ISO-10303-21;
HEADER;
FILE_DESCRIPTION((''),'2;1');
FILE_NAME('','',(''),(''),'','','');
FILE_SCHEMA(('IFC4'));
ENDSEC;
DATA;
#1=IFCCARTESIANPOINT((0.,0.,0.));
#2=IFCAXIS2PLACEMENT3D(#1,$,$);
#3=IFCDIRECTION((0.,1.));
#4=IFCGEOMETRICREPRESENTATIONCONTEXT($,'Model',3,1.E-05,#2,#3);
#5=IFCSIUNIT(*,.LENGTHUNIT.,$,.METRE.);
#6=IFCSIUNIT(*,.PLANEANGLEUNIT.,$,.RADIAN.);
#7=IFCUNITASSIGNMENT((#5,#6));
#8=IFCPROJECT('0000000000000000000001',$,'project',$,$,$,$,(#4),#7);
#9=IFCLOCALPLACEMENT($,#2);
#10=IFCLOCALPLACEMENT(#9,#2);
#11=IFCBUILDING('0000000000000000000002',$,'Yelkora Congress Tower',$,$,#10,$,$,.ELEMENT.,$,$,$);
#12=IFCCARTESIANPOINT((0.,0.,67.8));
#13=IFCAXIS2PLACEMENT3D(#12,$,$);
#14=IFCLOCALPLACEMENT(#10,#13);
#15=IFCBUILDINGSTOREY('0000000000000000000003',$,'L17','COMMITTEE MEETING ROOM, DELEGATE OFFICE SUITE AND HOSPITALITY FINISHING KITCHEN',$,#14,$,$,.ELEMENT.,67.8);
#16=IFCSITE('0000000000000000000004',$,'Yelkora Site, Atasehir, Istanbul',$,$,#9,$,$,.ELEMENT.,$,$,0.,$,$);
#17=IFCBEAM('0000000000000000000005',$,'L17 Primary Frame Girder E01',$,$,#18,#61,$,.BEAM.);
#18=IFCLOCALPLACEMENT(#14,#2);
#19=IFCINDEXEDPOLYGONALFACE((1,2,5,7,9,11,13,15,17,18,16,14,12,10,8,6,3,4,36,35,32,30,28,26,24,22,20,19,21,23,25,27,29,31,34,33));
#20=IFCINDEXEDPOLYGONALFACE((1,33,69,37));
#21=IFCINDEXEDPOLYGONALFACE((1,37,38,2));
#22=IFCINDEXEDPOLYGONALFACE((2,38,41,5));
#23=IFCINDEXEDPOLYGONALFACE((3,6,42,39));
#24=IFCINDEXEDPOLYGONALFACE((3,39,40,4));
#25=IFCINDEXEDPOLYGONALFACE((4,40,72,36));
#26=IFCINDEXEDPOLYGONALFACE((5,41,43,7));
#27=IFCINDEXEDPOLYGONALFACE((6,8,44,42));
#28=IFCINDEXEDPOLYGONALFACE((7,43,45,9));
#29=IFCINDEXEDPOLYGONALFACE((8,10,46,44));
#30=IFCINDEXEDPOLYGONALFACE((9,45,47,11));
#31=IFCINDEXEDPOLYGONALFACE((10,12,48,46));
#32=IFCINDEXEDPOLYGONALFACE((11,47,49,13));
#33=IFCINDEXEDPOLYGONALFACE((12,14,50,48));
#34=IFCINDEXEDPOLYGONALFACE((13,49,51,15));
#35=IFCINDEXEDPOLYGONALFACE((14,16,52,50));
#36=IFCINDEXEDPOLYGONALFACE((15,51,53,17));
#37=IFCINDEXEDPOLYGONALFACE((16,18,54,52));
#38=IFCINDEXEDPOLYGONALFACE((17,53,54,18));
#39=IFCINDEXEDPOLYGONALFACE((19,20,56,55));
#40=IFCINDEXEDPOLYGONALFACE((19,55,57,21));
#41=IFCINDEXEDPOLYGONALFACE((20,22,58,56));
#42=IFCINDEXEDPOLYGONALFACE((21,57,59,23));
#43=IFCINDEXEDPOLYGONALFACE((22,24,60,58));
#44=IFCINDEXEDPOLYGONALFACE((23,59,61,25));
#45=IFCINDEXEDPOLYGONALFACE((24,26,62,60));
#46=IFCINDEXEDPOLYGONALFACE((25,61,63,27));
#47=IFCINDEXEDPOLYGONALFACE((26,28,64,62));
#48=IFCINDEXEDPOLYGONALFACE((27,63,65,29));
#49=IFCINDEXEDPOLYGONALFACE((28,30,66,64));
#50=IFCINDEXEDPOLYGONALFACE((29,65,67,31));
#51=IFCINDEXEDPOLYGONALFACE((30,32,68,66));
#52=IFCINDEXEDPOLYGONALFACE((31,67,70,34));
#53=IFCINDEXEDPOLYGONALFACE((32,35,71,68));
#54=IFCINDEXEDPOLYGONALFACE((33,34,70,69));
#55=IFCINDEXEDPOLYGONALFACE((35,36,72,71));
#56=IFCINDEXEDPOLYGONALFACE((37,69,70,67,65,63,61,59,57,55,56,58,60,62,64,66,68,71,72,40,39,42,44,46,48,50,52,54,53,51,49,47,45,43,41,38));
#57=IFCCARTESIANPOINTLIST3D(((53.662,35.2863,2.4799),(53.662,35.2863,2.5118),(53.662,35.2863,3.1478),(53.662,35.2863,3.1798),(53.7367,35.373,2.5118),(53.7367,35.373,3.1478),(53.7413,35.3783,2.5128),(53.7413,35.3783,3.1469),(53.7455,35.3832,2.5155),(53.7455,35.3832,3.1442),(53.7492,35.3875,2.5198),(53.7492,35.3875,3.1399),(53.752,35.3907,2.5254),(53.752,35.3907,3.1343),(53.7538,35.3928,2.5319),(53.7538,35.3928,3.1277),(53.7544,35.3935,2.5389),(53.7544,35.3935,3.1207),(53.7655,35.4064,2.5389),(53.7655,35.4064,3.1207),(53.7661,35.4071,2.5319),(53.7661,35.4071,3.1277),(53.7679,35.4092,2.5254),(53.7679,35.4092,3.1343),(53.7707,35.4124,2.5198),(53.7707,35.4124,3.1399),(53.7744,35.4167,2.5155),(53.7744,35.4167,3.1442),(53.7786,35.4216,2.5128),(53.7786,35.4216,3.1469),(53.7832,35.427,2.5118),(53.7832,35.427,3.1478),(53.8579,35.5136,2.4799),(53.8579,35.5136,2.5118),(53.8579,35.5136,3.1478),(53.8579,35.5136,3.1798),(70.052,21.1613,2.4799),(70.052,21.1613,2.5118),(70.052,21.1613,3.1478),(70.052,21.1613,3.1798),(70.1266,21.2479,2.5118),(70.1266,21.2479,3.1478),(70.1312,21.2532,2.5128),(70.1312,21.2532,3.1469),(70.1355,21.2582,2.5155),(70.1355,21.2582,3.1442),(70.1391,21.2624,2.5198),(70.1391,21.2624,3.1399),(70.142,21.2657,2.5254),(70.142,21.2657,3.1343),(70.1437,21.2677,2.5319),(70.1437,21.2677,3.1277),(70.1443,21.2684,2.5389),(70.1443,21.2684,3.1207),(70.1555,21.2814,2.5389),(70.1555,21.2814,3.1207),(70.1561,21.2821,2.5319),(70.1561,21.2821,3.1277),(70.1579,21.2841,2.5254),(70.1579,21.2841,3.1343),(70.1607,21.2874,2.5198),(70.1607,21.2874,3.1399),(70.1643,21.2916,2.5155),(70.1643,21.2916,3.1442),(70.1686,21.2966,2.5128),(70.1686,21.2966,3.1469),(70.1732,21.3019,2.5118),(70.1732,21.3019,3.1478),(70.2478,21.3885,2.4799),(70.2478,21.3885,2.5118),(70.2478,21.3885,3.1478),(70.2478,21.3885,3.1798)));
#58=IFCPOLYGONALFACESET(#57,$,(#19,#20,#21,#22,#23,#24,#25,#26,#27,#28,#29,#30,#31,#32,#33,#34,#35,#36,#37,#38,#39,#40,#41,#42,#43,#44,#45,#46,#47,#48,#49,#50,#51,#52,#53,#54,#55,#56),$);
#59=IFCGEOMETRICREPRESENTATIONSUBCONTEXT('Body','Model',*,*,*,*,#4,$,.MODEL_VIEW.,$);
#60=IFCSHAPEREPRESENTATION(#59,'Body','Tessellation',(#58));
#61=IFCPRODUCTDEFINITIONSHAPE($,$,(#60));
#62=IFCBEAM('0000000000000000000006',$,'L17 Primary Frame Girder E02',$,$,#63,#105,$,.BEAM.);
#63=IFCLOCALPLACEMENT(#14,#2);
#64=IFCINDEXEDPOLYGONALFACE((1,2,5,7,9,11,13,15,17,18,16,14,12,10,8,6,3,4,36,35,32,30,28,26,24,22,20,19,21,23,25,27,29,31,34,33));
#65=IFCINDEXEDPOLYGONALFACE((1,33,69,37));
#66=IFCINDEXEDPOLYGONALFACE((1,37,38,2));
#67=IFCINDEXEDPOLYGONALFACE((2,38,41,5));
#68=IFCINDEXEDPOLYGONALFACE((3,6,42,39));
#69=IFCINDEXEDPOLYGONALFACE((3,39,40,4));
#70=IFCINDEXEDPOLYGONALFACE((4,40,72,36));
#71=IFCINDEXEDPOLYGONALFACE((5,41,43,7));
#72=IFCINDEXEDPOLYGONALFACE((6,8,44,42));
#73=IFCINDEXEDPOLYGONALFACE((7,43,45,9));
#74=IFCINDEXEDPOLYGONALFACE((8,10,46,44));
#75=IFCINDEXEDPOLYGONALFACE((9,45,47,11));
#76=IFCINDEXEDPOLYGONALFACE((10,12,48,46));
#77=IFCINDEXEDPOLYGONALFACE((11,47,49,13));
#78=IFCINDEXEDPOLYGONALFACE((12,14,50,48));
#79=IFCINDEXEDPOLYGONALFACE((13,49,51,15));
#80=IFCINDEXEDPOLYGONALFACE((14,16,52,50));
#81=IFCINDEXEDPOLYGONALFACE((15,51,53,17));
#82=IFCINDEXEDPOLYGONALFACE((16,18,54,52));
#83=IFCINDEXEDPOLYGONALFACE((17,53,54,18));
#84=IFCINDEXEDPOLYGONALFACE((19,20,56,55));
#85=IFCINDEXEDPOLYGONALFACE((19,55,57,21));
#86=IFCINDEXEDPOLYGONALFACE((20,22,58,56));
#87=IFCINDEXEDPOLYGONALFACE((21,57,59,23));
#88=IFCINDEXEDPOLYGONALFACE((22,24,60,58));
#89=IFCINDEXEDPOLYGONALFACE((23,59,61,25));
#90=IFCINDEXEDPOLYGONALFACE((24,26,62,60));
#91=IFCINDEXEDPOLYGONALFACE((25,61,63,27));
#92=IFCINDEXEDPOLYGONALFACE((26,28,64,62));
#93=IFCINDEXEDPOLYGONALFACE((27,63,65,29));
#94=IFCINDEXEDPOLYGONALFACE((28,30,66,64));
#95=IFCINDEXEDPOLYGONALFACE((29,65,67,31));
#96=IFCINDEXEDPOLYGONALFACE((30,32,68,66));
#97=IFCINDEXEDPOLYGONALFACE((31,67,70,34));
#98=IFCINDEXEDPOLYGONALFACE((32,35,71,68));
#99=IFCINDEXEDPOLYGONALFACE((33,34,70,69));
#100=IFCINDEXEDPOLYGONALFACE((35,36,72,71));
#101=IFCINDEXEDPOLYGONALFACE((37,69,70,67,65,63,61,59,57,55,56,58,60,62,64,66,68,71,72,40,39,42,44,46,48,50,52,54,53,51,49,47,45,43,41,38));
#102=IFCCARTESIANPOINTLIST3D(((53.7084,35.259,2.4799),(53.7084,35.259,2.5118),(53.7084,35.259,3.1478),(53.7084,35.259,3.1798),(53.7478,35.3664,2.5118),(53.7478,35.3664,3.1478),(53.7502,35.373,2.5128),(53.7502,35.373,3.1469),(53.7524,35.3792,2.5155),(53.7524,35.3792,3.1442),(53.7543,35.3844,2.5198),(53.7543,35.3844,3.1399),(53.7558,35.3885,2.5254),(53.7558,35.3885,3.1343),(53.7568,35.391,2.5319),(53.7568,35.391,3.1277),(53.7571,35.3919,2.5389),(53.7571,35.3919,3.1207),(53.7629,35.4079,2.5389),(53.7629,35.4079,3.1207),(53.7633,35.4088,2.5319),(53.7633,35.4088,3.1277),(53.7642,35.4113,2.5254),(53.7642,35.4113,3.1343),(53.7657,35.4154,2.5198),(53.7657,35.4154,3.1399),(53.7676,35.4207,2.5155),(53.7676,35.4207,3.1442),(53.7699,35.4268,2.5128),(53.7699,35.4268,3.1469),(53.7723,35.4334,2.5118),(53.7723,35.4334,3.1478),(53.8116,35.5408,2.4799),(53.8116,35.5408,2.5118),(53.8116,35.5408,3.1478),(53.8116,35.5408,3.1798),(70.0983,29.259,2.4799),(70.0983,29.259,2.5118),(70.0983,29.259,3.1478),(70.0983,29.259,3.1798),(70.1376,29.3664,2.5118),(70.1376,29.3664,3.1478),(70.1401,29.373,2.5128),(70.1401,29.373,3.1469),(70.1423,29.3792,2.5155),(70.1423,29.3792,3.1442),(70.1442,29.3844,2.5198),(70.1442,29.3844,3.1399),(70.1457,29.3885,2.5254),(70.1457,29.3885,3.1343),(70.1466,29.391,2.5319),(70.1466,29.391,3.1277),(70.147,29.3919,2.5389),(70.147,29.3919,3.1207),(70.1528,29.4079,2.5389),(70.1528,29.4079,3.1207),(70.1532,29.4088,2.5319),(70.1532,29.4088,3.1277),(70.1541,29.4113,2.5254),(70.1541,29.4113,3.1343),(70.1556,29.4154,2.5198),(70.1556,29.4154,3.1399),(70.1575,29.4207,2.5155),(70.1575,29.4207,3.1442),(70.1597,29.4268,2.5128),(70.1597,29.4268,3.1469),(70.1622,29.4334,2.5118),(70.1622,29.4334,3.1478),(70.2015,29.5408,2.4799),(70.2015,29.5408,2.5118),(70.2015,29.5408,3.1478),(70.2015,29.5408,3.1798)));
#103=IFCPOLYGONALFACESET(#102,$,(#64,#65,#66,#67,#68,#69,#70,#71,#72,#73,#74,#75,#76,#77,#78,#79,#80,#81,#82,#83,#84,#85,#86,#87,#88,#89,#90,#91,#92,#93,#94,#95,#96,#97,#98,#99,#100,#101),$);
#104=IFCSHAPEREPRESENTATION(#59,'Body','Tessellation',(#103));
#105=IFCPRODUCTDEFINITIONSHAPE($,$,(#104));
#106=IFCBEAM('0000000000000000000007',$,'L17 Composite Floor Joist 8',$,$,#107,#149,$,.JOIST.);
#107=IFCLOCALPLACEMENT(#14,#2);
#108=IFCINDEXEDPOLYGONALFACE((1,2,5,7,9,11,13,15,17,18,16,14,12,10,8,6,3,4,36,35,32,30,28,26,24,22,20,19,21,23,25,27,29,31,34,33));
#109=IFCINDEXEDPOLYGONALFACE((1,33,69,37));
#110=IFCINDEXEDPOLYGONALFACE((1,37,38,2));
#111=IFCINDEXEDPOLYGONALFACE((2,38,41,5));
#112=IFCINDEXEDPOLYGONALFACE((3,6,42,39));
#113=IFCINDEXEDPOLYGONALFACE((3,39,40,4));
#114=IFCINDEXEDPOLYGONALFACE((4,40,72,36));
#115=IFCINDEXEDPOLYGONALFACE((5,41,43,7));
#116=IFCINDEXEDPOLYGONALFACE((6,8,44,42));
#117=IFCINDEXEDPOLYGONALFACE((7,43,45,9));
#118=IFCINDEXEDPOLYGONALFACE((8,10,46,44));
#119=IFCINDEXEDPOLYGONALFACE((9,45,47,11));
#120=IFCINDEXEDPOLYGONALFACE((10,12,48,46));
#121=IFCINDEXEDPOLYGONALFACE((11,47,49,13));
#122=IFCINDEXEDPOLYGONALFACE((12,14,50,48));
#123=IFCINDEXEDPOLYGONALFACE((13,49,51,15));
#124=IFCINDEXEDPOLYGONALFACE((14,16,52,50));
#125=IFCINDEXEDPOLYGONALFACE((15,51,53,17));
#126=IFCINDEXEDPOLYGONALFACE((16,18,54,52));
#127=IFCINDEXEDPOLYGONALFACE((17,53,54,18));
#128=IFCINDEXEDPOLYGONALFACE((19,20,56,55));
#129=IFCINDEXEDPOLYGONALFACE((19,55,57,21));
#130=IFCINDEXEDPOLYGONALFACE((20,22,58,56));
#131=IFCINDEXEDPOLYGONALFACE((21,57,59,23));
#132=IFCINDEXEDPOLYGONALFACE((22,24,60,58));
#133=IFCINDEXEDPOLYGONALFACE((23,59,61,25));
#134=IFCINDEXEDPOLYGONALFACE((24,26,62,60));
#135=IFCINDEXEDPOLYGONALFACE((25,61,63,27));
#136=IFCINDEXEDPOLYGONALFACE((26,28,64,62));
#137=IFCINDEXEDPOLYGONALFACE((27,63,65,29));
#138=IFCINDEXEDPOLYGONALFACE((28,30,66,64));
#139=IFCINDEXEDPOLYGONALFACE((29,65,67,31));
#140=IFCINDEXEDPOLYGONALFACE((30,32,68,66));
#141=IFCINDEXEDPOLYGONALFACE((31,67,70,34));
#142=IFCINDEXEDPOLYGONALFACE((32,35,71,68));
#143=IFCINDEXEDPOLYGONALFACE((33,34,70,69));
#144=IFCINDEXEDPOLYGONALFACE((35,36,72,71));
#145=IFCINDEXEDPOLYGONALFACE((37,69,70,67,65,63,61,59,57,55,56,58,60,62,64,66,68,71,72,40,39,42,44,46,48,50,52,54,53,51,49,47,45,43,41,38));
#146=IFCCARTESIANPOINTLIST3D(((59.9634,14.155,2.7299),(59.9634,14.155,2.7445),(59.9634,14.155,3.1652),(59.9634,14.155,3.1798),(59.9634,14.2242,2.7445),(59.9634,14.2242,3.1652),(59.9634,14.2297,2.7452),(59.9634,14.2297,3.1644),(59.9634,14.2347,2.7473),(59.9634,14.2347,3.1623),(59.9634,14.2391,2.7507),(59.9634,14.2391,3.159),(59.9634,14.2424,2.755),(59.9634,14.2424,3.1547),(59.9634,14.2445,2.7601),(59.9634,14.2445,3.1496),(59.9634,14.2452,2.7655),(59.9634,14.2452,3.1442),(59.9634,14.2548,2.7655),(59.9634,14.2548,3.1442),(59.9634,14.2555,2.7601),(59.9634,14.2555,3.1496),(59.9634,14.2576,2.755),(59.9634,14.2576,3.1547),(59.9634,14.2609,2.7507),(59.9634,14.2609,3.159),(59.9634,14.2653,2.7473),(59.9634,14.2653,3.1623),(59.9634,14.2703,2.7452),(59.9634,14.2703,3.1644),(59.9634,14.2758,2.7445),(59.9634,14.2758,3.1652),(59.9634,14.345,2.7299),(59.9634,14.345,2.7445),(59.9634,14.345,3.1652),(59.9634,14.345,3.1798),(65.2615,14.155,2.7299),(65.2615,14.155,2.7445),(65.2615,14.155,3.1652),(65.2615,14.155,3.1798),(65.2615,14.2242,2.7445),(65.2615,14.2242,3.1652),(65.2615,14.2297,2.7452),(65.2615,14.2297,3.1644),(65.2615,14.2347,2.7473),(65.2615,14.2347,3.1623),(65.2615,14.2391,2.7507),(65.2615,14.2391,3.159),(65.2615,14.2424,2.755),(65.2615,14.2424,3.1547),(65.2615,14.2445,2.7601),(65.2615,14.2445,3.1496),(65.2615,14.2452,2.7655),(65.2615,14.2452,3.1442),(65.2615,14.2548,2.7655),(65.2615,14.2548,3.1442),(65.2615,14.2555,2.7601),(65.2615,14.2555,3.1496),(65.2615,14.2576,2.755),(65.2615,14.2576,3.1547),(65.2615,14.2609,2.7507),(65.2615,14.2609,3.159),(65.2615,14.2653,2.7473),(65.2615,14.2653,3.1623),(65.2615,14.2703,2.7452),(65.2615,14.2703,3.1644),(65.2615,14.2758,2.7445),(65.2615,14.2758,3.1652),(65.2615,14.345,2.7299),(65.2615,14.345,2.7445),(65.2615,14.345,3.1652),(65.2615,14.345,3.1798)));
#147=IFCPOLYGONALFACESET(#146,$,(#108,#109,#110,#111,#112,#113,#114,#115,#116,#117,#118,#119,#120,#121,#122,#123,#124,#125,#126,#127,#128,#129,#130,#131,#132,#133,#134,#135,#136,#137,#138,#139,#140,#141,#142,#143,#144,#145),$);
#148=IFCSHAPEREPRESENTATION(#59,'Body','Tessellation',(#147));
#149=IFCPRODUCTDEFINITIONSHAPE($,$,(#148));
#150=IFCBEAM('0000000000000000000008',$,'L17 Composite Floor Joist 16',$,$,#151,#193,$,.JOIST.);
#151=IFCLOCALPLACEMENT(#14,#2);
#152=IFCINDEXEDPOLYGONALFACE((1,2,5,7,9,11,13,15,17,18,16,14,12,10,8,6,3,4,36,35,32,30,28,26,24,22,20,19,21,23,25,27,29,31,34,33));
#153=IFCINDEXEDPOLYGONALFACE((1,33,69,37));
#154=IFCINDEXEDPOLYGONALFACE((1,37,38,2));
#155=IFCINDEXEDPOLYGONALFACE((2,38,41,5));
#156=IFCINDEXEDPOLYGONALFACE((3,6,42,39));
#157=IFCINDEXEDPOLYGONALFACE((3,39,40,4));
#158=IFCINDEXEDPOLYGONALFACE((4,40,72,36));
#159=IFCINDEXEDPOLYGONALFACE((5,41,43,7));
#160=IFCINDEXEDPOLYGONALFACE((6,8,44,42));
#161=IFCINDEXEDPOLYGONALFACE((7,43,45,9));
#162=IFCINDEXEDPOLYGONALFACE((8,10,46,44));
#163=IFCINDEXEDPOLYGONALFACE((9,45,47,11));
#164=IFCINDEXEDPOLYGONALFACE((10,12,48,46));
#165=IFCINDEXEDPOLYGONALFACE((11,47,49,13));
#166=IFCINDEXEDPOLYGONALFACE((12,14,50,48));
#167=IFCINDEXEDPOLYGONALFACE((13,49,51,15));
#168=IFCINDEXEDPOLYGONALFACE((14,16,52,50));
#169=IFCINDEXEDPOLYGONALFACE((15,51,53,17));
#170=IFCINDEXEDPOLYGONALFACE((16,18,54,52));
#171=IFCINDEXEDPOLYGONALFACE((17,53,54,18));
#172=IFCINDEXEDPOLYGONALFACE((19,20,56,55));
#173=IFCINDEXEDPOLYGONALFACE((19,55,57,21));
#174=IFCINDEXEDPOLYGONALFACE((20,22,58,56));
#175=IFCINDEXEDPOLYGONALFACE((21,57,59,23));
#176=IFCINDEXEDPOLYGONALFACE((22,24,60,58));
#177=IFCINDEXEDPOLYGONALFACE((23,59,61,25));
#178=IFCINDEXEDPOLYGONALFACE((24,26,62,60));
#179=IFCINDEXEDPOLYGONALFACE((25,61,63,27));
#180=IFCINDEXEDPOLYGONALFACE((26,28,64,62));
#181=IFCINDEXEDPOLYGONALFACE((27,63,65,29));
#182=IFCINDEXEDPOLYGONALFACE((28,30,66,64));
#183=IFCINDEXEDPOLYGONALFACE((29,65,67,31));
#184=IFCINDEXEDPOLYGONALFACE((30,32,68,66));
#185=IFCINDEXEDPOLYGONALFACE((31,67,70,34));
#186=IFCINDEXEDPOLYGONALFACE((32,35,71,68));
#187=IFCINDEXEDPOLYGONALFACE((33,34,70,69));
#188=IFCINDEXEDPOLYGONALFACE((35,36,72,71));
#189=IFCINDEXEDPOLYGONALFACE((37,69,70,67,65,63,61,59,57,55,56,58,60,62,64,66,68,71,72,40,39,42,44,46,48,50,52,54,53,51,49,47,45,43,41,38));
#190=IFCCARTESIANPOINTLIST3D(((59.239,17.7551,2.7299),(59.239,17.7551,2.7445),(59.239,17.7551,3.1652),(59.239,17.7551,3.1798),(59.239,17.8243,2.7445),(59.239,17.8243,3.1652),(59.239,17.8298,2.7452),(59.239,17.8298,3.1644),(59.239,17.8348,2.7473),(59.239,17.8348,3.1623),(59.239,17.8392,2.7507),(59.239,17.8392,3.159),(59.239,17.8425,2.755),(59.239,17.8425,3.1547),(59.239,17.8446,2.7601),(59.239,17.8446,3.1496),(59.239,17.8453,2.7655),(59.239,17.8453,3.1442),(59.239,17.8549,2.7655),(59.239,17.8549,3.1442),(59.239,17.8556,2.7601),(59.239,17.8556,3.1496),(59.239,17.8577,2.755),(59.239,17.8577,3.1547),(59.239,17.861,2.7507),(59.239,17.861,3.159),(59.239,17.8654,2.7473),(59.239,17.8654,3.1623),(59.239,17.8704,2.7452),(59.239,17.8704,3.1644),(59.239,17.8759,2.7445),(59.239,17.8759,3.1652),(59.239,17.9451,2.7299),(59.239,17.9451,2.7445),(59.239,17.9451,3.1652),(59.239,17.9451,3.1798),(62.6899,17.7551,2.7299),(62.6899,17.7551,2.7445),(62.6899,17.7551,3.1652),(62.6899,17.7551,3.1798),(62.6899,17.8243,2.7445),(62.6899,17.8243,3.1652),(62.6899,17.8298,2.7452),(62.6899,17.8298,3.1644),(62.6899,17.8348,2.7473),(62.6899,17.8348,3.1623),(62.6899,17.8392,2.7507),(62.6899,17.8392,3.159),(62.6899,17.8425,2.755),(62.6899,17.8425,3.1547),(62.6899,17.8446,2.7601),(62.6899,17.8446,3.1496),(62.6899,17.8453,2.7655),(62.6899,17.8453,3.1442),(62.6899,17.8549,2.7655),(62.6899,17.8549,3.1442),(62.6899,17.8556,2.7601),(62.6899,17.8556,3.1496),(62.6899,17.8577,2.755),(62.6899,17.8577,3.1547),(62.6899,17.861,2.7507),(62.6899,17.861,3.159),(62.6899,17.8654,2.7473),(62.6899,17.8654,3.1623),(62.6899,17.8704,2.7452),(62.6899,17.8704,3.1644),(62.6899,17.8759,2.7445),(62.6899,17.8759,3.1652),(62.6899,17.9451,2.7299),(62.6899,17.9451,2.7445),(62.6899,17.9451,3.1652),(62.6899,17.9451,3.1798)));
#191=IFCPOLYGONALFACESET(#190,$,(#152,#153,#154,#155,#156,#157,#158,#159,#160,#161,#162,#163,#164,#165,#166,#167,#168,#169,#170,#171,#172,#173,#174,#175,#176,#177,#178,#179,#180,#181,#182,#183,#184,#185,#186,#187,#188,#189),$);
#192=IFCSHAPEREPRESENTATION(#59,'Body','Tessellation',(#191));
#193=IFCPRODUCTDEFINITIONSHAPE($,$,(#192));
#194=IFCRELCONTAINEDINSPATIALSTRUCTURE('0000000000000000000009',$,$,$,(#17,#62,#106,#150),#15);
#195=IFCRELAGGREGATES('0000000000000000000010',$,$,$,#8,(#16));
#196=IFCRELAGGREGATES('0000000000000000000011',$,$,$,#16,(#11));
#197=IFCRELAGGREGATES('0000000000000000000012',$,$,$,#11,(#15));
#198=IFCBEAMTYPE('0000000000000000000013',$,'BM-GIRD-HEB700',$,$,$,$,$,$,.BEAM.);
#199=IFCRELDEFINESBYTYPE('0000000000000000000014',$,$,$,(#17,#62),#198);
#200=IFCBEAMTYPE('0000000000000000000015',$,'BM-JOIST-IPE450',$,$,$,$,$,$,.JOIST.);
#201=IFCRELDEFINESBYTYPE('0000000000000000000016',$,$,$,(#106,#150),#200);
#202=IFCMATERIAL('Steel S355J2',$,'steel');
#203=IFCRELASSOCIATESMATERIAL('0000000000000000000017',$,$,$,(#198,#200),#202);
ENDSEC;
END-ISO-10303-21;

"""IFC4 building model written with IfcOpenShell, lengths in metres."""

from ifc_helpers import new_model, si_unit, direction, frame, origin, origin_2d, place, context, subcontext, project, spatial, i_section, extrude, material, material_profile, profile_set, type_object, element, save


model = new_model("IFC4")

# Units and contexts
model_context = context("Model", 3, precision=1e-05, world=origin(), true_north=direction((0.0, 1.0)))
body_context = subcontext(model_context, "Body", "Model", "MODEL_VIEW")
ifc_project = project(units=[si_unit("LENGTHUNIT", "METRE"), si_unit("PLANEANGLEUNIT", "RADIAN")], contexts=[model_context])

# Site, building, storey
site_placement = place(None, origin())
site = spatial("IfcSite", under=ifc_project, at=site_placement, Name="Yelkora Site, Atasehir, Istanbul", CompositionType="ELEMENT", RefElevation=0.0)
building_placement = place(site_placement, origin())
building = spatial("IfcBuilding", under=site, at=building_placement, Name="Yelkora Congress Tower", CompositionType="ELEMENT")
storey_placement = place(building_placement, frame((0.0, 0.0, 67.8)))
storey = spatial("IfcBuildingStorey", under=building, at=storey_placement, Name="L17", Description="COMMITTEE MEETING ROOM, DELEGATE OFFICE SUITE AND HOSPITALITY FINISHING KITCHEN", CompositionType="ELEMENT", Elevation=67.8)

# Beams
ifc_material_1 = material(Name="Steel S355J2", Category="steel")
ifc_material_profile_1 = material_profile(ifc_material_1, i_section(OverallWidth=0.3, OverallDepth=0.7, WebThickness=0.0171, FlangeThickness=0.032, FilletRadius=0.0271, at=origin_2d()), Name="HEB 700")
ifc_profile_set_1 = profile_set([ifc_material_profile_1], Name="Steel S355J2")
beam_type_1 = type_object("IfcBeamType", Name="BM-GIRD-HEB700", PredefinedType="BEAM", material=ifc_profile_set_1)
beam_1_placement = place(storey_placement, frame((70.1499, 21.2749, 2.8298), z_axis=(-0.757506, 0.652828, 0.0), x_axis=(-0.652828, -0.757506, 0.0)))
element("IfcBeam", 1, at=beam_1_placement, inside=storey, type_object=beam_type_1, Name="L17 Primary Frame Girder E01", PredefinedType="BEAM", context=body_context, shape_type="SweptSolid", body=[
    extrude(i_section(OverallWidth=0.3, OverallDepth=0.7, WebThickness=0.0171, FlangeThickness=0.032, FilletRadius=0.0271, at=origin_2d()), origin(), (0.0, 0.0, 1.0), 21.6367),
])
beam_2_placement = place(storey_placement, frame((70.1499, 29.3999, 2.8298), z_axis=(-0.939054, 0.343768, 0.0), x_axis=(-0.343768, -0.939054, 0.0)))
element("IfcBeam", 2, at=beam_2_placement, inside=storey, type_object=beam_type_1, Name="L17 Primary Frame Girder E02", PredefinedType="BEAM", context=body_context, shape_type="SweptSolid", body=[
    extrude(i_section(OverallWidth=0.3, OverallDepth=0.7, WebThickness=0.0171, FlangeThickness=0.032, FilletRadius=0.0271, at=origin_2d()), origin(), (0.0, 0.0, 1.0), 17.4536),
])
ifc_material_profile_2 = material_profile(ifc_material_1, i_section(OverallWidth=0.1899, OverallDepth=0.45, WebThickness=0.0095, FlangeThickness=0.0146, FilletRadius=0.021, at=origin_2d()), Name="IPE 450")
ifc_profile_set_2 = profile_set([ifc_material_profile_2], Name="Steel S355J2")
beam_type_2 = type_object("IfcBeamType", Name="BM-JOIST-IPE450", PredefinedType="JOIST", material=ifc_profile_set_2)
beam_3_placement = place(storey_placement, frame((59.9634, 14.25, 2.9548), z_axis=(1.0, 0.0, 0.0), x_axis=(0.0, 1.0, 0.0)))
element("IfcBeam", 3, at=beam_3_placement, inside=storey, type_object=beam_type_2, Name="L17 Composite Floor Joist 8", PredefinedType="JOIST", context=body_context, shape_type="SweptSolid", body=[
    extrude(i_section(OverallWidth=0.1899, OverallDepth=0.45, WebThickness=0.0095, FlangeThickness=0.0146, FilletRadius=0.021, at=origin_2d()), origin(), (0.0, 0.0, 1.0), 5.2981),
])
beam_4_placement = place(storey_placement, frame((59.239, 17.8501, 2.9548), z_axis=(1.0, 0.0, 0.0), x_axis=(0.0, 1.0, 0.0)))
element("IfcBeam", 4, at=beam_4_placement, inside=storey, type_object=beam_type_2, Name="L17 Composite Floor Joist 16", PredefinedType="JOIST", context=body_context, shape_type="SweptSolid", body=[
    extrude(i_section(OverallWidth=0.1899, OverallDepth=0.45, WebThickness=0.0095, FlangeThickness=0.0146, FilletRadius=0.021, at=origin_2d()), origin(), (0.0, 0.0, 1.0), 3.4509),
])

save(model, "model.ifc")
